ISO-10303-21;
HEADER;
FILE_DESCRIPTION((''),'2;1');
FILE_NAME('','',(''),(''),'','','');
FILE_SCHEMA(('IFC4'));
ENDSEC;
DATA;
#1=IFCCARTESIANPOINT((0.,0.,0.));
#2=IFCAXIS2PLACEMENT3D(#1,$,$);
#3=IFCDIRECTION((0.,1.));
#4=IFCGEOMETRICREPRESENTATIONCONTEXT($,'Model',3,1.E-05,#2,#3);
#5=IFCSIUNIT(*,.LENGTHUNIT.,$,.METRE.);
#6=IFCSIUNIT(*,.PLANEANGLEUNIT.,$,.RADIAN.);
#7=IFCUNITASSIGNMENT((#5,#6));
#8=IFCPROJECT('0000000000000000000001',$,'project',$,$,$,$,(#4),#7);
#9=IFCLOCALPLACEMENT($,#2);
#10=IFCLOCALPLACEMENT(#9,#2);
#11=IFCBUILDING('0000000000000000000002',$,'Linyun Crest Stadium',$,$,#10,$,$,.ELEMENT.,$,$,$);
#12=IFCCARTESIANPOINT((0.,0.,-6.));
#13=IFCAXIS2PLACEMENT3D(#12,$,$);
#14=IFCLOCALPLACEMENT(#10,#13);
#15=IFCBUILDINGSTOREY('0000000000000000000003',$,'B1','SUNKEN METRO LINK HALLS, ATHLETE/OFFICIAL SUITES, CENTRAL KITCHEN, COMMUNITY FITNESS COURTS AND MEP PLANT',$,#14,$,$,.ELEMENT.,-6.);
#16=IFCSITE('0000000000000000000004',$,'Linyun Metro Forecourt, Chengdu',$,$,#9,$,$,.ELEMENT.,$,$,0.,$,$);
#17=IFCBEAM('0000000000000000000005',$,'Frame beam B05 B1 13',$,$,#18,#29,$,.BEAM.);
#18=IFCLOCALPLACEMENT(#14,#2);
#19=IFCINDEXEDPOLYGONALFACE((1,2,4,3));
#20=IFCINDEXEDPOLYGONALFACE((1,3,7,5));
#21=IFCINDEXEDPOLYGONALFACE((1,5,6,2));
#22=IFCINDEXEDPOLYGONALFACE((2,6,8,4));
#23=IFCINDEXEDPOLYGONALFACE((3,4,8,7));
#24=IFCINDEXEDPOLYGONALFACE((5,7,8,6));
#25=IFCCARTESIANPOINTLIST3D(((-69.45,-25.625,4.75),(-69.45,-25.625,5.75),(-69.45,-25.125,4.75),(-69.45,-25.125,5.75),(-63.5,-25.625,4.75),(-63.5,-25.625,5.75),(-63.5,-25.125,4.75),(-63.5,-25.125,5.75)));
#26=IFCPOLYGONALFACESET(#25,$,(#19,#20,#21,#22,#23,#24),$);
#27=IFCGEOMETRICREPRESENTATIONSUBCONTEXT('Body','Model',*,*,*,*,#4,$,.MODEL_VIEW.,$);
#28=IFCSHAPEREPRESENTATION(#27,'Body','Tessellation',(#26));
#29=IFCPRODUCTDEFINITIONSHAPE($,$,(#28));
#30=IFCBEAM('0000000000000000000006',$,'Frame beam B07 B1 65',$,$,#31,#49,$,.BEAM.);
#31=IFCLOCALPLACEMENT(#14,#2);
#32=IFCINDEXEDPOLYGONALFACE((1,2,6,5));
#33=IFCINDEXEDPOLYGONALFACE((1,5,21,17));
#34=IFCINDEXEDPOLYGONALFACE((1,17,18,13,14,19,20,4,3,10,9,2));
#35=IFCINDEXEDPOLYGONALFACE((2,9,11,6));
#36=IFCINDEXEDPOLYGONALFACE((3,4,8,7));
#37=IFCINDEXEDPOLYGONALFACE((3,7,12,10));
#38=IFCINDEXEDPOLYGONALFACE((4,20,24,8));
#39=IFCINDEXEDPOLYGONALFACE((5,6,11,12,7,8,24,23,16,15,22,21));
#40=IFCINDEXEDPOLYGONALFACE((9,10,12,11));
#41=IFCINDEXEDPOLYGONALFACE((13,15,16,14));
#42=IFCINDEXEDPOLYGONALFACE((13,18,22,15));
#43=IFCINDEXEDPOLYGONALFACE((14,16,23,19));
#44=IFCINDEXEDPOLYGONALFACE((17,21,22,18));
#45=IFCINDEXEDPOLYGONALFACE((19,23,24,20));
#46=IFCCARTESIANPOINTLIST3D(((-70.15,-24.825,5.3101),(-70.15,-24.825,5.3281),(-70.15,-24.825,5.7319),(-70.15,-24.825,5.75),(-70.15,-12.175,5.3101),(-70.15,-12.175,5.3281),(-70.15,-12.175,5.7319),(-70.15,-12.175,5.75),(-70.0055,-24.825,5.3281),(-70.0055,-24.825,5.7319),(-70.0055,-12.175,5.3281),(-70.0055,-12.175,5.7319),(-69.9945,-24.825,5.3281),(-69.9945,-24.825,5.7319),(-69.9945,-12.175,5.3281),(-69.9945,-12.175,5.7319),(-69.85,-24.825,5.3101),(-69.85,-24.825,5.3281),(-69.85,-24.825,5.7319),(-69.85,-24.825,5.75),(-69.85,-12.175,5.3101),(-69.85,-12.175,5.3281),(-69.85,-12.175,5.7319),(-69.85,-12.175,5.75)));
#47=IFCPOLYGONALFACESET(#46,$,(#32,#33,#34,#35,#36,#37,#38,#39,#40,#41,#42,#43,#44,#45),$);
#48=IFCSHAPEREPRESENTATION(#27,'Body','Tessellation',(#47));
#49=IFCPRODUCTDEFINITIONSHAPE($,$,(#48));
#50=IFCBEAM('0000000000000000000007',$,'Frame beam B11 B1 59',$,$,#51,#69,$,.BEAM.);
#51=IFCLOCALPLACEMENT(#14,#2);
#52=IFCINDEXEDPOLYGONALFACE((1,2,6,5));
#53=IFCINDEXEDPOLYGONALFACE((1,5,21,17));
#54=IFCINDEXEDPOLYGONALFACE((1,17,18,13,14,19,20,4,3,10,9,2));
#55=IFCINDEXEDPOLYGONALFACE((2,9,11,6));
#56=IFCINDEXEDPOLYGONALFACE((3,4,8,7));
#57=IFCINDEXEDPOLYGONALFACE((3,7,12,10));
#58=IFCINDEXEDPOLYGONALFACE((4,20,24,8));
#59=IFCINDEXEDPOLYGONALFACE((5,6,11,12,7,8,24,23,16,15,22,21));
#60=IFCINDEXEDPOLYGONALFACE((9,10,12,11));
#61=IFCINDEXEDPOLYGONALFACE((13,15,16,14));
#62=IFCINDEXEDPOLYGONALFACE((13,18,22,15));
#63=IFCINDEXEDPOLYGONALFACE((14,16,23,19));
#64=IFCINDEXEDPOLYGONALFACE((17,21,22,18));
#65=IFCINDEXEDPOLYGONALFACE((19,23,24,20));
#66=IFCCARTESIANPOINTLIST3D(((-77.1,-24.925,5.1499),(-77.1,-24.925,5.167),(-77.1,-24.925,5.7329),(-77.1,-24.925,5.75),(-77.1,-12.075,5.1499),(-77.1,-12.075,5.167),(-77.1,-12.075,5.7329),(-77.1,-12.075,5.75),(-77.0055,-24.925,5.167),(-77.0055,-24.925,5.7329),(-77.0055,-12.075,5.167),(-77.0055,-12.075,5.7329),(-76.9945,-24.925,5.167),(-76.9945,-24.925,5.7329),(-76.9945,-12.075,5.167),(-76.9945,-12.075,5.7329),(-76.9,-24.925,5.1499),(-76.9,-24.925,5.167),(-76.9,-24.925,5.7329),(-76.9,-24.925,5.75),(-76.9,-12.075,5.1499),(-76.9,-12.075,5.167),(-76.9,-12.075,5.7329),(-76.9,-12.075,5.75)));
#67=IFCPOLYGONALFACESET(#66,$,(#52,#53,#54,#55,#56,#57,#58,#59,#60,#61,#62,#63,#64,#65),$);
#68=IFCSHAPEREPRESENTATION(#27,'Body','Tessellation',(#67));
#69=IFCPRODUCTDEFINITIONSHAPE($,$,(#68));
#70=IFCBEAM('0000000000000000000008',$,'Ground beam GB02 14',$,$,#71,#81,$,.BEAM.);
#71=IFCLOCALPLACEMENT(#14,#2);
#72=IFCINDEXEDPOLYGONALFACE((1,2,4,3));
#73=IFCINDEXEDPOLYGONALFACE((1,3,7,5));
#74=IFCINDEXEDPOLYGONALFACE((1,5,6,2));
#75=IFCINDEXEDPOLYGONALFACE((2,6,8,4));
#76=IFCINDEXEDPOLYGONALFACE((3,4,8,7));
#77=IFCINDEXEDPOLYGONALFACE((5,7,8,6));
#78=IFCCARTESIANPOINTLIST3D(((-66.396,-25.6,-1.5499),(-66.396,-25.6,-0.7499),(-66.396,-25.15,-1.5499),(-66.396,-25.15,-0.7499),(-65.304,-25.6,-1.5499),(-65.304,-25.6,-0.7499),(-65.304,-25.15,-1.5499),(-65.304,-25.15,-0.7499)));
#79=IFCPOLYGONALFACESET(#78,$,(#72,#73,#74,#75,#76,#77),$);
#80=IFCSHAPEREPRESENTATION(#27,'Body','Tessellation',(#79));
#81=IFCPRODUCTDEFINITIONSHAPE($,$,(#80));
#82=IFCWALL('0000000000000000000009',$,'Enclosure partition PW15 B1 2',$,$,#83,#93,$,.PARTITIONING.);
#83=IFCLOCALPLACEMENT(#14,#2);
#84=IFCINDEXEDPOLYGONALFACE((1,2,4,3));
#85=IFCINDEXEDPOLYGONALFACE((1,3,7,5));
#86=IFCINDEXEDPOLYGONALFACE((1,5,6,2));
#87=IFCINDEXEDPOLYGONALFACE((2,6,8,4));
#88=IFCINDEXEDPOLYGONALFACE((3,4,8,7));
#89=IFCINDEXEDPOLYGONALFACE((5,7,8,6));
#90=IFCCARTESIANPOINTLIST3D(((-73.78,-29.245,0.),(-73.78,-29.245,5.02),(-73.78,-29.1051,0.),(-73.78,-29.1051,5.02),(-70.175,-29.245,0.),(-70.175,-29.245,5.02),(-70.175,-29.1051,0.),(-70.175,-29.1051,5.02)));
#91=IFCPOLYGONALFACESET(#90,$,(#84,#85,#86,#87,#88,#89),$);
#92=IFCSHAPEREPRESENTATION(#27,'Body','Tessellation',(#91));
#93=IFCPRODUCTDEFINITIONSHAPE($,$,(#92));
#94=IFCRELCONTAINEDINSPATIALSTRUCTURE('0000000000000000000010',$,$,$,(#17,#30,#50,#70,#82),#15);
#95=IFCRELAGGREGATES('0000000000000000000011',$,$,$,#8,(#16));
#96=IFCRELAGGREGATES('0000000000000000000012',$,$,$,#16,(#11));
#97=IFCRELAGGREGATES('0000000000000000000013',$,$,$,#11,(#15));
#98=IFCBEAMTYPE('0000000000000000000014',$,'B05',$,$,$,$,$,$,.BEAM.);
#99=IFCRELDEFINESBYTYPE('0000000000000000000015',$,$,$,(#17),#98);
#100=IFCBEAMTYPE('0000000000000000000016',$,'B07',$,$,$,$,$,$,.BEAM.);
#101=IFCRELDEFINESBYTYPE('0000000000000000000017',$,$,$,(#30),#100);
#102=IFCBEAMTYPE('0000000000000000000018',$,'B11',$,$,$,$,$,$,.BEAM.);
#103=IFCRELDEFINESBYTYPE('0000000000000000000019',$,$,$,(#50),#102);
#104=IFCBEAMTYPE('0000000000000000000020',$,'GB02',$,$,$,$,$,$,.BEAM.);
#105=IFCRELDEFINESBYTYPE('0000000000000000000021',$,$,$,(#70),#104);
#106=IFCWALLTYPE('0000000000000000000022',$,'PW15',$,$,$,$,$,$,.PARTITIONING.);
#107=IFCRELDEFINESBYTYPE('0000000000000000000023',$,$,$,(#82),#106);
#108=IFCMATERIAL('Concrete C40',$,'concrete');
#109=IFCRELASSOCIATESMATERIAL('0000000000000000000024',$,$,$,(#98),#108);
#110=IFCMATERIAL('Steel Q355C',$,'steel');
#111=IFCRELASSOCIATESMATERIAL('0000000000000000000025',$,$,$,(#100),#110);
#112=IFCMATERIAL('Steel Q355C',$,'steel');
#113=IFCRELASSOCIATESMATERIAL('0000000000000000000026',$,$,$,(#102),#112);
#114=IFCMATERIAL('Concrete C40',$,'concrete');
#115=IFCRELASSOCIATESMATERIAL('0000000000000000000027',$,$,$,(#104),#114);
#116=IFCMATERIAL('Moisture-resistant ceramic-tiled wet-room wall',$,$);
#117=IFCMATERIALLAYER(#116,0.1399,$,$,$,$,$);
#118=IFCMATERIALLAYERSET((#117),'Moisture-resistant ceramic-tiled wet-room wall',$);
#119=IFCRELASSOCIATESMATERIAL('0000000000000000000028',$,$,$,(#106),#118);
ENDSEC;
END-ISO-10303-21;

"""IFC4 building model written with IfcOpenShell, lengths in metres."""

from ifc_helpers import new_model, si_unit, direction, frame, frame_2d, origin, origin_2d, place, context, subcontext, project, spatial, rectangle, i_section, extrude, material, layer, layer_set, material_profile, profile_set, type_object, element, save


model = new_model("IFC4")

# Units and contexts
model_context = context("Model", 3, precision=1e-05, world=origin(), true_north=direction((0.0, 1.0)))
body_context = subcontext(model_context, "Body", "Model", "MODEL_VIEW")
ifc_project = project(units=[si_unit("LENGTHUNIT", "METRE"), si_unit("PLANEANGLEUNIT", "RADIAN")], contexts=[model_context])

# Site, building, storey
site_placement = place(None, origin())
site = spatial("IfcSite", under=ifc_project, at=site_placement, Name="Linyun Metro Forecourt, Chengdu", CompositionType="ELEMENT", RefElevation=0.0)
building_placement = place(site_placement, origin())
building = spatial("IfcBuilding", under=site, at=building_placement, Name="Linyun Crest Stadium", CompositionType="ELEMENT")
storey_placement = place(building_placement, frame((0.0, 0.0, -6.0)))
storey = spatial("IfcBuildingStorey", under=building, at=storey_placement, Name="B1", Description="SUNKEN METRO LINK HALLS, ATHLETE/OFFICIAL SUITES, CENTRAL KITCHEN, COMMUNITY FITNESS COURTS AND MEP PLANT", CompositionType="ELEMENT", Elevation=-6.0)

# Beams
ifc_material_1 = material(Name="Concrete C40", Category="concrete")
ifc_material_profile_1 = material_profile(ifc_material_1, rectangle(XDim=0.5, YDim=1.0, at=origin_2d()), Name="RCB 1000x500")
ifc_profile_set_1 = profile_set([ifc_material_profile_1], Name="Concrete C40")
beam_type_1 = type_object("IfcBeamType", Name="B05", PredefinedType="BEAM", material=ifc_profile_set_1)
beam_1_placement = place(storey_placement, frame((-69.45, -25.375, 5.25), z_axis=(1.0, 0.0, 0.0), x_axis=(0.0, 1.0, 0.0)))
element("IfcBeam", 1, at=beam_1_placement, inside=storey, type_object=beam_type_1, Name="Frame beam B05 B1 13", PredefinedType="BEAM", context=body_context, shape_type="SweptSolid", body=[
    extrude(rectangle(XDim=0.5, YDim=1.0, at=origin_2d()), origin(), (0.0, 0.0, 1.0), 5.95),
])
ifc_material_2 = material(Name="Steel Q355C", Category="steel")
ifc_material_profile_2 = material_profile(ifc_material_2, i_section(OverallWidth=0.3, OverallDepth=0.4399, WebThickness=0.011, FlangeThickness=0.0181, at=origin_2d()), Name="HM 440x300")
ifc_profile_set_2 = profile_set([ifc_material_profile_2], Name="Steel Q355C")
beam_type_2 = type_object("IfcBeamType", Name="B07", PredefinedType="BEAM", material=ifc_profile_set_2)
beam_2_placement = place(storey_placement, frame((-70.0, -24.825, 5.53), z_axis=(0.0, 1.0, 0.0), x_axis=(-1.0, 0.0, 0.0)))
element("IfcBeam", 2, at=beam_2_placement, inside=storey, type_object=beam_type_2, Name="Frame beam B07 B1 65", PredefinedType="BEAM", context=body_context, shape_type="SweptSolid", body=[
    extrude(i_section(OverallWidth=0.3, OverallDepth=0.4399, WebThickness=0.011, FlangeThickness=0.0181, at=origin_2d()), origin(), (0.0, 0.0, 1.0), 12.6499),
])
ifc_material_3 = material(Name="Steel Q355C", Category="steel")
ifc_material_profile_3 = material_profile(ifc_material_3, i_section(OverallWidth=0.2, OverallDepth=0.6001, WebThickness=0.011, FlangeThickness=0.0171, at=origin_2d()), Name="HN 600x200")
ifc_profile_set_3 = profile_set([ifc_material_profile_3], Name="Steel Q355C")
beam_type_3 = type_object("IfcBeamType", Name="B11", PredefinedType="BEAM", material=ifc_profile_set_3)
beam_3_placement = place(storey_placement, frame((-77.0, -24.925, 5.45), z_axis=(0.0, 1.0, 0.0), x_axis=(-1.0, 0.0, 0.0)))
element("IfcBeam", 3, at=beam_3_placement, inside=storey, type_object=beam_type_3, Name="Frame beam B11 B1 59", PredefinedType="BEAM", context=body_context, shape_type="SweptSolid", body=[
    extrude(i_section(OverallWidth=0.2, OverallDepth=0.6001, WebThickness=0.011, FlangeThickness=0.0171, at=origin_2d()), origin(), (0.0, 0.0, 1.0), 12.8501),
])
ifc_material_4 = material(Name="Concrete C40", Category="concrete")
ifc_material_profile_4 = material_profile(ifc_material_4, rectangle(XDim=0.45, YDim=0.8, at=origin_2d()), Name="RCB 800x450")
ifc_profile_set_4 = profile_set([ifc_material_profile_4], Name="Concrete C40")
beam_type_4 = type_object("IfcBeamType", Name="GB02", PredefinedType="BEAM", material=ifc_profile_set_4)
beam_4_placement = place(storey_placement, frame((-66.396, -25.375, -1.1499), z_axis=(1.0, 0.0, 0.0), x_axis=(0.0, 1.0, 0.0)))
element("IfcBeam", 4, at=beam_4_placement, inside=storey, type_object=beam_type_4, Name="Ground beam GB02 14", PredefinedType="BEAM", context=body_context, shape_type="SweptSolid", body=[
    extrude(rectangle(XDim=0.45, YDim=0.8, at=origin_2d()), origin(), (0.0, 0.0, 1.0), 1.092),
])

# Wall
ifc_material_5 = material(Name="Moisture-resistant ceramic-tiled wet-room wall")
ifc_layer = layer(ifc_material_5, 0.1399)
ifc_layer_set = layer_set([ifc_layer], Name="Moisture-resistant ceramic-tiled wet-room wall")
wall_type = type_object("IfcWallType", Name="PW15", PredefinedType="PARTITIONING", material=ifc_layer_set)
wall_placement = place(storey_placement, frame((-73.78, -29.175, 0.0), z_axis=(0.0, 0.0, 1.0), x_axis=(1.0, 0.0, 0.0)))
element("IfcWall", 5, at=wall_placement, inside=storey, type_object=wall_type, Name="Enclosure partition PW15 B1 2", PredefinedType="PARTITIONING", context=body_context, shape_type="SweptSolid", body=[
    extrude(rectangle(XDim=3.605, YDim=0.1399, at=frame_2d((1.8025, 0.0))), origin(), (0.0, 0.0, 1.0), 5.02),
])

save(model, "model.ifc")
